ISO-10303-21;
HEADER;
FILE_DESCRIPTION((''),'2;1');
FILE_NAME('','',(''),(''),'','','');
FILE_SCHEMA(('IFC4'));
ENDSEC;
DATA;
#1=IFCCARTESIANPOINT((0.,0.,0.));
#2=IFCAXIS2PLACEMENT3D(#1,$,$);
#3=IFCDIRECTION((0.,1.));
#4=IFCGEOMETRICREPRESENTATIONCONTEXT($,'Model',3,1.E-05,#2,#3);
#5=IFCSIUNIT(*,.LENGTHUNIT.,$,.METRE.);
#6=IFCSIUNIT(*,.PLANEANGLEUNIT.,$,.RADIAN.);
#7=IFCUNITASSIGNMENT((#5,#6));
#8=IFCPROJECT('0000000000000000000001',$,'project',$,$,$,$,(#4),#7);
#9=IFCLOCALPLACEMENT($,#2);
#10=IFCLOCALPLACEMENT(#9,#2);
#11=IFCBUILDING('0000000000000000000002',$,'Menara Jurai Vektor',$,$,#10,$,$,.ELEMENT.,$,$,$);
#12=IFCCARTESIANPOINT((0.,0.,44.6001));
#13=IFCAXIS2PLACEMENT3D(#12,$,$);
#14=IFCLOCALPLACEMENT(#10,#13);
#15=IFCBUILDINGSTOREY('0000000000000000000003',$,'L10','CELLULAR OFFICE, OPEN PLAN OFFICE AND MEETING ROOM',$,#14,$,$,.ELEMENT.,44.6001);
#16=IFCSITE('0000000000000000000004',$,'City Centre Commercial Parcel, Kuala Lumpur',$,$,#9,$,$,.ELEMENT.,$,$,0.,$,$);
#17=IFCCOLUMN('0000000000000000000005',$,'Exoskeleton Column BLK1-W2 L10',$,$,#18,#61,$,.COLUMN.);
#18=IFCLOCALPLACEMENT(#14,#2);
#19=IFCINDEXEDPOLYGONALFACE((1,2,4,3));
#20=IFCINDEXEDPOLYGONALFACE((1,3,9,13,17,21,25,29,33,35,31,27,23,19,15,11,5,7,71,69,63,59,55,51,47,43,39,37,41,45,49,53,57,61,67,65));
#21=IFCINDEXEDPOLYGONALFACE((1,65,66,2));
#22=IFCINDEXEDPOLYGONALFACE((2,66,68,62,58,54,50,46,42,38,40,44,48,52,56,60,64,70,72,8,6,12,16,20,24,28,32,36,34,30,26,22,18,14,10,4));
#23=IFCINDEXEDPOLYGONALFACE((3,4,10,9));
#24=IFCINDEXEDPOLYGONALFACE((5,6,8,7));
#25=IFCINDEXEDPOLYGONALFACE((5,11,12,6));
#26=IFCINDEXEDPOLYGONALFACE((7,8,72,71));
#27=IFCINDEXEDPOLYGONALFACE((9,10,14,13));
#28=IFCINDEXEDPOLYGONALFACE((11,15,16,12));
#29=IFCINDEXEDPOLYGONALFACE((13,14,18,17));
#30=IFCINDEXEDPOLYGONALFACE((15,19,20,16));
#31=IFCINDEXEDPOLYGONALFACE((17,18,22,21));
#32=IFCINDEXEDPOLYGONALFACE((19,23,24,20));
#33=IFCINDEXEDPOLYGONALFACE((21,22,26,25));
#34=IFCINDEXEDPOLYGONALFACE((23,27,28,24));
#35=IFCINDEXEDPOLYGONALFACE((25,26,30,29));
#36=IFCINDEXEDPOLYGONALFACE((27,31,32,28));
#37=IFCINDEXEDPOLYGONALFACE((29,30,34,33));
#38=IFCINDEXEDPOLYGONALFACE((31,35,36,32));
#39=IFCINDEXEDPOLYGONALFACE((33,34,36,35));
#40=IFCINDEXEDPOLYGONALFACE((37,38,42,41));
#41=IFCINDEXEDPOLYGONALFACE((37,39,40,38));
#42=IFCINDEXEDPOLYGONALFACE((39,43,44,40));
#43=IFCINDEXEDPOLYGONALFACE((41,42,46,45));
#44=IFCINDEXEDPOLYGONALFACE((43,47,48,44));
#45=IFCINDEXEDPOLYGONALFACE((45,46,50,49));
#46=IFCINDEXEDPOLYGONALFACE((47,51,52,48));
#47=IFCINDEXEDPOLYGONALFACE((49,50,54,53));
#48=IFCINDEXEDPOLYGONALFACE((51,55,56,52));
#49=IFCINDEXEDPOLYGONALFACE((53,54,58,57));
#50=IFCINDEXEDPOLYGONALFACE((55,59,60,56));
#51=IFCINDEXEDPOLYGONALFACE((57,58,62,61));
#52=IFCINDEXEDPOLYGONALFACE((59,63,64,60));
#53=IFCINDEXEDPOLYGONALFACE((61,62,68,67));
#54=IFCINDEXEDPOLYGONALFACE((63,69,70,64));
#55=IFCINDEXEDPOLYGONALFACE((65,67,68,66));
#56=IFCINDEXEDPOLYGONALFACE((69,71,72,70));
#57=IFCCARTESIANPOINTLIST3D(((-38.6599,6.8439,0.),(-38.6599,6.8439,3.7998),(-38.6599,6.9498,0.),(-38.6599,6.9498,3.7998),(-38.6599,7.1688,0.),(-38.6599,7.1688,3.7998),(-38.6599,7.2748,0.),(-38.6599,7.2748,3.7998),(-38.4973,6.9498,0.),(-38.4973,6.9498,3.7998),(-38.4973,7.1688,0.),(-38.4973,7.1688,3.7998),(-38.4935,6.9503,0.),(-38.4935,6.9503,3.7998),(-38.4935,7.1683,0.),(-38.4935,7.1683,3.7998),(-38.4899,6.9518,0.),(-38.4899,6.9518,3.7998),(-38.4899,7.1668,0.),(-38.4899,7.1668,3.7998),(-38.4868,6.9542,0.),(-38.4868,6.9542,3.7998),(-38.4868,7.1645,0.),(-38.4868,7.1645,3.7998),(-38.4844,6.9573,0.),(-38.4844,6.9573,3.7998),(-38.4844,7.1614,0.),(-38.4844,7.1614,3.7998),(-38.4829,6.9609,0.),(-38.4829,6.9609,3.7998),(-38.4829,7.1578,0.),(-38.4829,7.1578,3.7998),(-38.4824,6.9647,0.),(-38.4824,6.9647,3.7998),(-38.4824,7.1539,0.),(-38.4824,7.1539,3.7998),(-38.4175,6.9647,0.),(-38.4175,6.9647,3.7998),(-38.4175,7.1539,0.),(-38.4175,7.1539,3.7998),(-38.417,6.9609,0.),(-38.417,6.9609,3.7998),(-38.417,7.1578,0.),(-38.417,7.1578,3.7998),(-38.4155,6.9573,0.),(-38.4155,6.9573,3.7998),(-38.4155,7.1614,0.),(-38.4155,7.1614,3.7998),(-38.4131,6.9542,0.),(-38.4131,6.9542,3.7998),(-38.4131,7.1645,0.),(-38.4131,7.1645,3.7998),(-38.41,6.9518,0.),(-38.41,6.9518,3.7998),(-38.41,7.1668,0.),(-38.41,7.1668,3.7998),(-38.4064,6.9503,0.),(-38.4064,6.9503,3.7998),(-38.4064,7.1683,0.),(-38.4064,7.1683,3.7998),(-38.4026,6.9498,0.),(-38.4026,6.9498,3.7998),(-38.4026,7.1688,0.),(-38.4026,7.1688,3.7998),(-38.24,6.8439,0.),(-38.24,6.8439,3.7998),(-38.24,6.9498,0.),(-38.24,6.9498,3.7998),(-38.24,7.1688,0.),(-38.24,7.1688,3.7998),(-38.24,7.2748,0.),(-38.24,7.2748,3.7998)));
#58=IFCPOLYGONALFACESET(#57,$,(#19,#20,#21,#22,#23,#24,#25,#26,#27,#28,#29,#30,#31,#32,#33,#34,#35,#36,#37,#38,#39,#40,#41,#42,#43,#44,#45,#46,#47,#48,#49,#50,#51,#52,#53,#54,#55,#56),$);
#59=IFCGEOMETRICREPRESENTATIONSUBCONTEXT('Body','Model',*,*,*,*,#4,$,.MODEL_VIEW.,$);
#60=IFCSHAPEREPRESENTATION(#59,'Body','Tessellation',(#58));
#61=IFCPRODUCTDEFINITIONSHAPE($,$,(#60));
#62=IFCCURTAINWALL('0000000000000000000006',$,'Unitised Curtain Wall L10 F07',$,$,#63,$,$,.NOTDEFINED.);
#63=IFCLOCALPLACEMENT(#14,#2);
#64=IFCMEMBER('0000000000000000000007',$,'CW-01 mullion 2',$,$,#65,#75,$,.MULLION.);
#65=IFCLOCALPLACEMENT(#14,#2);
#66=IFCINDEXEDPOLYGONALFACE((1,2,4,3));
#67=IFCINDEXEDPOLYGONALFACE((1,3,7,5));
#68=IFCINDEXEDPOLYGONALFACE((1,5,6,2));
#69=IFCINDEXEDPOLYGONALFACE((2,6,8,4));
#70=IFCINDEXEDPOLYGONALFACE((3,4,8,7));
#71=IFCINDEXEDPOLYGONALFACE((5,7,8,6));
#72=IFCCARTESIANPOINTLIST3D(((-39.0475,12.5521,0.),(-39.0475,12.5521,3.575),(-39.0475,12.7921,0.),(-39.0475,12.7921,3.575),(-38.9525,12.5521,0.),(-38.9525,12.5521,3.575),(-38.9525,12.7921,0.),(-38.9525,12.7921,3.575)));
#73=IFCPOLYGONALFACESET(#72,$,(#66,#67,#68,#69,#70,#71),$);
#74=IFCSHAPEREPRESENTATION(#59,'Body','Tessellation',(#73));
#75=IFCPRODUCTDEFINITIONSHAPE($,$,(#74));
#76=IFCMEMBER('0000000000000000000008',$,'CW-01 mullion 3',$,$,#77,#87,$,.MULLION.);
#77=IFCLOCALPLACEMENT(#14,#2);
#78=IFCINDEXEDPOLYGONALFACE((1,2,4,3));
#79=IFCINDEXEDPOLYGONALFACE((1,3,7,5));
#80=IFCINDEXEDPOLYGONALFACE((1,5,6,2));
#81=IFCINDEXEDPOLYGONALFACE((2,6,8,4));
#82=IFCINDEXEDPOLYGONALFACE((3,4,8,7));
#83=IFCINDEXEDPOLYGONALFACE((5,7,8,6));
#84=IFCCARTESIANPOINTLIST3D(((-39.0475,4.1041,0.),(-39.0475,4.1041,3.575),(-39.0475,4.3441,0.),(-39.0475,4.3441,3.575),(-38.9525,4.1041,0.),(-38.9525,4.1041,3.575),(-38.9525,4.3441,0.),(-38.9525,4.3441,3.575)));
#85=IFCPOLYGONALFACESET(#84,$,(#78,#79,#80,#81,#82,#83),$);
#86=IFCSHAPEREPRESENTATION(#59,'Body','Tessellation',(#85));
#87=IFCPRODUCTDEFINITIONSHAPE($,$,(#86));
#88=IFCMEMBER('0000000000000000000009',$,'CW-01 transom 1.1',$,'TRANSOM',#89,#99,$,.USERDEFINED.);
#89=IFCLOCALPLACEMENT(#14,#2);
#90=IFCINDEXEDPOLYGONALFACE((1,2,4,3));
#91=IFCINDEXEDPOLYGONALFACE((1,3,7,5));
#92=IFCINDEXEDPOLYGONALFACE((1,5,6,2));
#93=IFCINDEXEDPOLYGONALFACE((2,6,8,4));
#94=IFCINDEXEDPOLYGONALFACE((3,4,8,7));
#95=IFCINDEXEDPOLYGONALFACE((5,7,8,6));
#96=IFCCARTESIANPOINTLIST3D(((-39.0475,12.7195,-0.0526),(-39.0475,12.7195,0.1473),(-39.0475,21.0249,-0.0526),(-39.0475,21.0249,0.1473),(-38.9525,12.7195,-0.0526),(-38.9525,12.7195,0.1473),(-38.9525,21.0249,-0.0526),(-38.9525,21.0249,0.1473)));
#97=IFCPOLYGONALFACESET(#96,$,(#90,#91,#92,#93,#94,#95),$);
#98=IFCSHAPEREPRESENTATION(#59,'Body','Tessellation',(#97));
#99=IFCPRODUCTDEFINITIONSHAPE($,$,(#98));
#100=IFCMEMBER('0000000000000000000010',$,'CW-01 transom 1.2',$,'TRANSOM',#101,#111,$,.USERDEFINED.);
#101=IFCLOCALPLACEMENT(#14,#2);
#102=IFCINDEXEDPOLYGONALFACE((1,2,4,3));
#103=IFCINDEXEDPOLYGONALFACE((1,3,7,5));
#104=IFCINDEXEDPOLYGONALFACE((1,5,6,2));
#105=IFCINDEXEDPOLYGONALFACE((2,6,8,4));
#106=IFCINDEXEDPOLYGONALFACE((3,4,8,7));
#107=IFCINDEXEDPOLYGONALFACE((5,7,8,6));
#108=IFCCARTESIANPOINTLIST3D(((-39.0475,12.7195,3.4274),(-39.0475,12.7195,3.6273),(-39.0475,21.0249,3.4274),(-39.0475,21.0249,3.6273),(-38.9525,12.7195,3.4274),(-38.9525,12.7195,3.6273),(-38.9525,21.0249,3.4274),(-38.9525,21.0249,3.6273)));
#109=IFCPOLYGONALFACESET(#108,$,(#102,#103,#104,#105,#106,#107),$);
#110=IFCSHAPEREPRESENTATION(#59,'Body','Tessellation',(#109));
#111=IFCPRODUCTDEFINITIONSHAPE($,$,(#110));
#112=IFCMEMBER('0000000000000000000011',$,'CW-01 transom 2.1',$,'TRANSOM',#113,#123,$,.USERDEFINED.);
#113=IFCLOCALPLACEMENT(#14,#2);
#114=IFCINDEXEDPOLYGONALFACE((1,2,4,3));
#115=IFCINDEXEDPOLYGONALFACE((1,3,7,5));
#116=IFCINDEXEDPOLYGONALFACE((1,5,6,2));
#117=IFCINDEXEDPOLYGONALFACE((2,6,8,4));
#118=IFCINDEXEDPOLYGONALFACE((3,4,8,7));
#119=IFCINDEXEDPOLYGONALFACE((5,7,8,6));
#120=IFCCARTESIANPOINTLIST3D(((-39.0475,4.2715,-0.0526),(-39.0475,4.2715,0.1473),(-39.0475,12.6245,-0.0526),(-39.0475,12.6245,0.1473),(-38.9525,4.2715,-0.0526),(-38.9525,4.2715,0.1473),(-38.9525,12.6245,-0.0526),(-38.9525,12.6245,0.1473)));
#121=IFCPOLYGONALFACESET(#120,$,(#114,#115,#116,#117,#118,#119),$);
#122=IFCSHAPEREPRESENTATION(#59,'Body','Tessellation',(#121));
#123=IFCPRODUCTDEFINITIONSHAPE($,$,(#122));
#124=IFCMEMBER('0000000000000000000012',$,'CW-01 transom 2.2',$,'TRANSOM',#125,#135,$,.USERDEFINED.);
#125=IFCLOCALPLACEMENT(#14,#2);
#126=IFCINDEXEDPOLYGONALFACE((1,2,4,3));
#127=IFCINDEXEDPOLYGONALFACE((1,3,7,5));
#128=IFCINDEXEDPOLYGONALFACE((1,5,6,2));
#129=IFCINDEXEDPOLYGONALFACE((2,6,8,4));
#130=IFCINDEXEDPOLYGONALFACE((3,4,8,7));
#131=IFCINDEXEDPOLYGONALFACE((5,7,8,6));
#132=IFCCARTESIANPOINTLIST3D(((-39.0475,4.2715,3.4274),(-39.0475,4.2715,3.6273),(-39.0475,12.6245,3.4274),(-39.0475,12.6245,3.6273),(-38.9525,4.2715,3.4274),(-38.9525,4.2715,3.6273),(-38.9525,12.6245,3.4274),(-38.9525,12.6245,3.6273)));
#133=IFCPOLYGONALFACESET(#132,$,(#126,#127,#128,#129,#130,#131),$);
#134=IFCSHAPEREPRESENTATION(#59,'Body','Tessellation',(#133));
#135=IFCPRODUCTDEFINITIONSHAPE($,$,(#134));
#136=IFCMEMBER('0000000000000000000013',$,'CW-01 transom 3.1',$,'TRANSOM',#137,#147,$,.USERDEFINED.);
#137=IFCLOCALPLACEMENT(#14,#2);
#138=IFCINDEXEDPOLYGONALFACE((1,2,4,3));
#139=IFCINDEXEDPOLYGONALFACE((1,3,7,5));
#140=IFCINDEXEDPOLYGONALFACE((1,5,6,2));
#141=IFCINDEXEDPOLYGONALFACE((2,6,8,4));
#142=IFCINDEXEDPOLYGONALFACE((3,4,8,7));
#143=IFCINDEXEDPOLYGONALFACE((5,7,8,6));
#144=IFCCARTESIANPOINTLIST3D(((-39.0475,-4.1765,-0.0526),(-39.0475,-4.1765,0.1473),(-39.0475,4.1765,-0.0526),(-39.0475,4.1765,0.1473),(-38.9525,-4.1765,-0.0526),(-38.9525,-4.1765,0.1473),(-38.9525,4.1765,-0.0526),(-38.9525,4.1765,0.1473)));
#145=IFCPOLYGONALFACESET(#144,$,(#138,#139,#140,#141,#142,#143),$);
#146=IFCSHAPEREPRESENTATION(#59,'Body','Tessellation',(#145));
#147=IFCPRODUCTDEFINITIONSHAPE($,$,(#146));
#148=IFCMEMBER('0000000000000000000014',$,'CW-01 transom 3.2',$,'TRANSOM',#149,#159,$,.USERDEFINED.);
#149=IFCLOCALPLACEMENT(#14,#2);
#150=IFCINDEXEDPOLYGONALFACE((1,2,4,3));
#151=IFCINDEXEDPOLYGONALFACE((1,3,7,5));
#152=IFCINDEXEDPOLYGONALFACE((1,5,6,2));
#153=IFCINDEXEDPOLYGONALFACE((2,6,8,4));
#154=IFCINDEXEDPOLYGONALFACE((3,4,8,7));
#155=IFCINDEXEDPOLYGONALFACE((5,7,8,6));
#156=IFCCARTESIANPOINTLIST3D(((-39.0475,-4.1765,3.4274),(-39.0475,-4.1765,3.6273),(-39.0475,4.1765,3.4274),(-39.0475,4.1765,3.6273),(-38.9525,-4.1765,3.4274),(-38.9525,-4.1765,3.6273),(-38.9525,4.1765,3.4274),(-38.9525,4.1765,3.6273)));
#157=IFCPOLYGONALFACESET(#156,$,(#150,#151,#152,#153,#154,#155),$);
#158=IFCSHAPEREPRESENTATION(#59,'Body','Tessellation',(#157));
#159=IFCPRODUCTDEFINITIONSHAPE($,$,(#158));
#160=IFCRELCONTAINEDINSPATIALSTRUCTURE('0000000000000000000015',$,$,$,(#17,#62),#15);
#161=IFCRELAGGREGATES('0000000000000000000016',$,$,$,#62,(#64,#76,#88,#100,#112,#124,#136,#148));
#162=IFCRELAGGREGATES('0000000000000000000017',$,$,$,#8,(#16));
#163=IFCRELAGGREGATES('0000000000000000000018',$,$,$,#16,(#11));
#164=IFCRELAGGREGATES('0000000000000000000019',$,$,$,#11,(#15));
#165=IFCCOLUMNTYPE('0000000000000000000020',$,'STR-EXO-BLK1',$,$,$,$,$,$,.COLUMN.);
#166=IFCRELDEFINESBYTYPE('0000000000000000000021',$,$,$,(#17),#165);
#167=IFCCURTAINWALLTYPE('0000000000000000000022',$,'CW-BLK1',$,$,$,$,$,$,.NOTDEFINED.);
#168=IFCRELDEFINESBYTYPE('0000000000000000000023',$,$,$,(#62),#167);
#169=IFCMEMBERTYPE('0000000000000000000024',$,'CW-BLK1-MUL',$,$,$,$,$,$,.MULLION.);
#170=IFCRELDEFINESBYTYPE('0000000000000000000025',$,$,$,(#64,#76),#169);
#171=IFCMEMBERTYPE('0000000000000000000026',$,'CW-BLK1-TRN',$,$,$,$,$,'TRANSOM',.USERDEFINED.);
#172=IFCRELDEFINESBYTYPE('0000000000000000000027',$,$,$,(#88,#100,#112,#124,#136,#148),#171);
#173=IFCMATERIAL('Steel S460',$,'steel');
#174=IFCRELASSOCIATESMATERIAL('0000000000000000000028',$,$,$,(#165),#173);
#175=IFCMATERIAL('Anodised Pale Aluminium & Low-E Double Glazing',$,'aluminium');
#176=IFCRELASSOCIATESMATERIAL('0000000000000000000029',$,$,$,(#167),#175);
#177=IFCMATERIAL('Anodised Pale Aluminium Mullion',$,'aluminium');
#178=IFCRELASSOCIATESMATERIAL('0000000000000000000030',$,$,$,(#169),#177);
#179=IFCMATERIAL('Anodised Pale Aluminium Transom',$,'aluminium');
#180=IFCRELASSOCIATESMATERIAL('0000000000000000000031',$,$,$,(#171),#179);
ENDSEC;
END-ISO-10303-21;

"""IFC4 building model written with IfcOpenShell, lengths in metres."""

from ifc_helpers import new_model, si_unit, direction, frame, origin, origin_2d, place, context, subcontext, project, spatial, rectangle, i_section, extrude, material, material_profile, profile_set, type_object, element, aggregate, save


model = new_model("IFC4")

# Units and contexts
model_context = context("Model", 3, precision=1e-05, world=origin(), true_north=direction((0.0, 1.0)))
body_context = subcontext(model_context, "Body", "Model", "MODEL_VIEW")
ifc_project = project(units=[si_unit("LENGTHUNIT", "METRE"), si_unit("PLANEANGLEUNIT", "RADIAN")], contexts=[model_context])

# Site, building, storey
site_placement = place(None, origin())
site = spatial("IfcSite", under=ifc_project, at=site_placement, Name="City Centre Commercial Parcel, Kuala Lumpur", CompositionType="ELEMENT", RefElevation=0.0)
building_placement = place(site_placement, origin())
building = spatial("IfcBuilding", under=site, at=building_placement, Name="Menara Jurai Vektor", CompositionType="ELEMENT")
storey_placement = place(building_placement, frame((0.0, 0.0, 44.6001)))
storey = spatial("IfcBuildingStorey", under=building, at=storey_placement, Name="L10", Description="CELLULAR OFFICE, OPEN PLAN OFFICE AND MEETING ROOM", CompositionType="ELEMENT", Elevation=44.6001)

# Column
ifc_material_1 = material(Name="Steel S460", Category="steel")
ifc_material_profile_1 = material_profile(ifc_material_1, i_section(OverallWidth=0.4199, OverallDepth=0.4309, WebThickness=0.0649, FlangeThickness=0.106, FilletRadius=0.0149, at=origin_2d()), Name="HD 400x900")
ifc_profile_set_1 = profile_set([ifc_material_profile_1], Name="Steel S460")
column_type = type_object("IfcColumnType", Name="STR-EXO-BLK1", PredefinedType="COLUMN", material=ifc_profile_set_1)
column_placement = place(storey_placement, frame((-38.45, 7.0593, 0.0), z_axis=(0.0, 0.0, 1.0), x_axis=(1.0, 0.0, 0.0)))
element("IfcColumn", 1, at=column_placement, inside=storey, type_object=column_type, Name="Exoskeleton Column BLK1-W2 L10", PredefinedType="COLUMN", context=body_context, shape_type="SweptSolid", body=[
    extrude(i_section(OverallWidth=0.4199, OverallDepth=0.4309, WebThickness=0.0649, FlangeThickness=0.106, FilletRadius=0.0149, at=origin_2d()), origin(), (0.0, 0.0, 1.0), 3.7998),
])

# Curtain wall, members
ifc_material_2 = material(Name="Anodised Pale Aluminium & Low-E Double Glazing", Category="aluminium")
curtain_wall_type = type_object("IfcCurtainWallType", Name="CW-BLK1", PredefinedType="NOTDEFINED", material=ifc_material_2)
curtain_wall_placement = place(storey_placement, origin())
curtain_wall = element("IfcCurtainWall", 2, at=curtain_wall_placement, inside=storey, type_object=curtain_wall_type, Name="Unitised Curtain Wall L10 F07", PredefinedType="NOTDEFINED")
ifc_material_3 = material(Name="Anodised Pale Aluminium Mullion", Category="aluminium")
ifc_material_profile_2 = material_profile(ifc_material_3, rectangle(XDim=0.095, YDim=0.24, at=origin_2d()), Name="ALU MUL 95x240")
ifc_profile_set_2 = profile_set([ifc_material_profile_2], Name="Anodised Pale Aluminium Mullion")
member_type_1 = type_object("IfcMemberType", Name="CW-BLK1-MUL", PredefinedType="MULLION", material=ifc_profile_set_2)
member_1_placement = place(storey_placement, frame((-39.0, 12.6721, 0.0), z_axis=(0.0, 0.0, 1.0), x_axis=(1.0, 0.0, 0.0)))
member_1 = element("IfcMember", 3, at=member_1_placement, type_object=member_type_1, Name="CW-01 mullion 2", PredefinedType="MULLION", context=body_context, shape_type="SweptSolid", body=[
    extrude(rectangle(XDim=0.095, YDim=0.24, at=origin_2d()), origin(), (0.0, 0.0, 1.0), 3.575),
])
member_2_placement = place(storey_placement, frame((-39.0, 4.2241, 0.0), z_axis=(0.0, 0.0, 1.0), x_axis=(1.0, 0.0, 0.0)))
member_2 = element("IfcMember", 4, at=member_2_placement, type_object=member_type_1, Name="CW-01 mullion 3", PredefinedType="MULLION", context=body_context, shape_type="SweptSolid", body=[
    extrude(rectangle(XDim=0.095, YDim=0.24, at=origin_2d()), origin(), (0.0, 0.0, 1.0), 3.575),
])
ifc_material_4 = material(Name="Anodised Pale Aluminium Transom", Category="aluminium")
ifc_material_profile_3 = material_profile(ifc_material_4, rectangle(XDim=0.095, YDim=0.2, at=origin_2d()), Name="ALU TRN 95x200")
ifc_profile_set_3 = profile_set([ifc_material_profile_3], Name="Anodised Pale Aluminium Transom")
member_type_2 = type_object("IfcMemberType", Name="CW-BLK1-TRN", ElementType="TRANSOM", PredefinedType="USERDEFINED", material=ifc_profile_set_3)
member_3_placement = place(storey_placement, frame((-39.0, 21.0249, 0.0474), z_axis=(0.0, -1.0, 0.0), x_axis=(1.0, 0.0, 0.0)))
member_3 = element("IfcMember", 5, at=member_3_placement, type_object=member_type_2, Name="CW-01 transom 1.1", ObjectType="TRANSOM", PredefinedType="USERDEFINED", context=body_context, shape_type="SweptSolid", body=[
    extrude(rectangle(XDim=0.095, YDim=0.2, at=origin_2d()), origin(), (0.0, 0.0, 1.0), 8.3054),
])
member_4_placement = place(storey_placement, frame((-39.0, 21.0249, 3.5273), z_axis=(0.0, -1.0, 0.0), x_axis=(1.0, 0.0, 0.0)))
member_4 = element("IfcMember", 6, at=member_4_placement, type_object=member_type_2, Name="CW-01 transom 1.2", ObjectType="TRANSOM", PredefinedType="USERDEFINED", context=body_context, shape_type="SweptSolid", body=[
    extrude(rectangle(XDim=0.095, YDim=0.2, at=origin_2d()), origin(), (0.0, 0.0, 1.0), 8.3054),
])
member_5_placement = place(storey_placement, frame((-39.0, 12.6245, 0.0474), z_axis=(0.0, -1.0, 0.0), x_axis=(1.0, 0.0, 0.0)))
member_5 = element("IfcMember", 7, at=member_5_placement, type_object=member_type_2, Name="CW-01 transom 2.1", ObjectType="TRANSOM", PredefinedType="USERDEFINED", context=body_context, shape_type="SweptSolid", body=[
    extrude(rectangle(XDim=0.095, YDim=0.2, at=origin_2d()), origin(), (0.0, 0.0, 1.0), 8.353),
])
member_6_placement = place(storey_placement, frame((-39.0, 12.6245, 3.5273), z_axis=(0.0, -1.0, 0.0), x_axis=(1.0, 0.0, 0.0)))
member_6 = element("IfcMember", 8, at=member_6_placement, type_object=member_type_2, Name="CW-01 transom 2.2", ObjectType="TRANSOM", PredefinedType="USERDEFINED", context=body_context, shape_type="SweptSolid", body=[
    extrude(rectangle(XDim=0.095, YDim=0.2, at=origin_2d()), origin(), (0.0, 0.0, 1.0), 8.353),
])
member_7_placement = place(storey_placement, frame((-39.0, 4.1765, 0.0474), z_axis=(0.0, -1.0, 0.0), x_axis=(1.0, 0.0, 0.0)))
member_7 = element("IfcMember", 9, at=member_7_placement, type_object=member_type_2, Name="CW-01 transom 3.1", ObjectType="TRANSOM", PredefinedType="USERDEFINED", context=body_context, shape_type="SweptSolid", body=[
    extrude(rectangle(XDim=0.095, YDim=0.2, at=origin_2d()), origin(), (0.0, 0.0, 1.0), 8.353),
])
member_8_placement = place(storey_placement, frame((-39.0, 4.1765, 3.5273), z_axis=(0.0, -1.0, 0.0), x_axis=(1.0, 0.0, 0.0)))
member_8 = element("IfcMember", 10, at=member_8_placement, type_object=member_type_2, Name="CW-01 transom 3.2", ObjectType="TRANSOM", PredefinedType="USERDEFINED", context=body_context, shape_type="SweptSolid", body=[
    extrude(rectangle(XDim=0.095, YDim=0.2, at=origin_2d()), origin(), (0.0, 0.0, 1.0), 8.353),
])

aggregate(curtain_wall, [member_1, member_2, member_3, member_4, member_5, member_6, member_7, member_8])

save(model, "model.ifc")
